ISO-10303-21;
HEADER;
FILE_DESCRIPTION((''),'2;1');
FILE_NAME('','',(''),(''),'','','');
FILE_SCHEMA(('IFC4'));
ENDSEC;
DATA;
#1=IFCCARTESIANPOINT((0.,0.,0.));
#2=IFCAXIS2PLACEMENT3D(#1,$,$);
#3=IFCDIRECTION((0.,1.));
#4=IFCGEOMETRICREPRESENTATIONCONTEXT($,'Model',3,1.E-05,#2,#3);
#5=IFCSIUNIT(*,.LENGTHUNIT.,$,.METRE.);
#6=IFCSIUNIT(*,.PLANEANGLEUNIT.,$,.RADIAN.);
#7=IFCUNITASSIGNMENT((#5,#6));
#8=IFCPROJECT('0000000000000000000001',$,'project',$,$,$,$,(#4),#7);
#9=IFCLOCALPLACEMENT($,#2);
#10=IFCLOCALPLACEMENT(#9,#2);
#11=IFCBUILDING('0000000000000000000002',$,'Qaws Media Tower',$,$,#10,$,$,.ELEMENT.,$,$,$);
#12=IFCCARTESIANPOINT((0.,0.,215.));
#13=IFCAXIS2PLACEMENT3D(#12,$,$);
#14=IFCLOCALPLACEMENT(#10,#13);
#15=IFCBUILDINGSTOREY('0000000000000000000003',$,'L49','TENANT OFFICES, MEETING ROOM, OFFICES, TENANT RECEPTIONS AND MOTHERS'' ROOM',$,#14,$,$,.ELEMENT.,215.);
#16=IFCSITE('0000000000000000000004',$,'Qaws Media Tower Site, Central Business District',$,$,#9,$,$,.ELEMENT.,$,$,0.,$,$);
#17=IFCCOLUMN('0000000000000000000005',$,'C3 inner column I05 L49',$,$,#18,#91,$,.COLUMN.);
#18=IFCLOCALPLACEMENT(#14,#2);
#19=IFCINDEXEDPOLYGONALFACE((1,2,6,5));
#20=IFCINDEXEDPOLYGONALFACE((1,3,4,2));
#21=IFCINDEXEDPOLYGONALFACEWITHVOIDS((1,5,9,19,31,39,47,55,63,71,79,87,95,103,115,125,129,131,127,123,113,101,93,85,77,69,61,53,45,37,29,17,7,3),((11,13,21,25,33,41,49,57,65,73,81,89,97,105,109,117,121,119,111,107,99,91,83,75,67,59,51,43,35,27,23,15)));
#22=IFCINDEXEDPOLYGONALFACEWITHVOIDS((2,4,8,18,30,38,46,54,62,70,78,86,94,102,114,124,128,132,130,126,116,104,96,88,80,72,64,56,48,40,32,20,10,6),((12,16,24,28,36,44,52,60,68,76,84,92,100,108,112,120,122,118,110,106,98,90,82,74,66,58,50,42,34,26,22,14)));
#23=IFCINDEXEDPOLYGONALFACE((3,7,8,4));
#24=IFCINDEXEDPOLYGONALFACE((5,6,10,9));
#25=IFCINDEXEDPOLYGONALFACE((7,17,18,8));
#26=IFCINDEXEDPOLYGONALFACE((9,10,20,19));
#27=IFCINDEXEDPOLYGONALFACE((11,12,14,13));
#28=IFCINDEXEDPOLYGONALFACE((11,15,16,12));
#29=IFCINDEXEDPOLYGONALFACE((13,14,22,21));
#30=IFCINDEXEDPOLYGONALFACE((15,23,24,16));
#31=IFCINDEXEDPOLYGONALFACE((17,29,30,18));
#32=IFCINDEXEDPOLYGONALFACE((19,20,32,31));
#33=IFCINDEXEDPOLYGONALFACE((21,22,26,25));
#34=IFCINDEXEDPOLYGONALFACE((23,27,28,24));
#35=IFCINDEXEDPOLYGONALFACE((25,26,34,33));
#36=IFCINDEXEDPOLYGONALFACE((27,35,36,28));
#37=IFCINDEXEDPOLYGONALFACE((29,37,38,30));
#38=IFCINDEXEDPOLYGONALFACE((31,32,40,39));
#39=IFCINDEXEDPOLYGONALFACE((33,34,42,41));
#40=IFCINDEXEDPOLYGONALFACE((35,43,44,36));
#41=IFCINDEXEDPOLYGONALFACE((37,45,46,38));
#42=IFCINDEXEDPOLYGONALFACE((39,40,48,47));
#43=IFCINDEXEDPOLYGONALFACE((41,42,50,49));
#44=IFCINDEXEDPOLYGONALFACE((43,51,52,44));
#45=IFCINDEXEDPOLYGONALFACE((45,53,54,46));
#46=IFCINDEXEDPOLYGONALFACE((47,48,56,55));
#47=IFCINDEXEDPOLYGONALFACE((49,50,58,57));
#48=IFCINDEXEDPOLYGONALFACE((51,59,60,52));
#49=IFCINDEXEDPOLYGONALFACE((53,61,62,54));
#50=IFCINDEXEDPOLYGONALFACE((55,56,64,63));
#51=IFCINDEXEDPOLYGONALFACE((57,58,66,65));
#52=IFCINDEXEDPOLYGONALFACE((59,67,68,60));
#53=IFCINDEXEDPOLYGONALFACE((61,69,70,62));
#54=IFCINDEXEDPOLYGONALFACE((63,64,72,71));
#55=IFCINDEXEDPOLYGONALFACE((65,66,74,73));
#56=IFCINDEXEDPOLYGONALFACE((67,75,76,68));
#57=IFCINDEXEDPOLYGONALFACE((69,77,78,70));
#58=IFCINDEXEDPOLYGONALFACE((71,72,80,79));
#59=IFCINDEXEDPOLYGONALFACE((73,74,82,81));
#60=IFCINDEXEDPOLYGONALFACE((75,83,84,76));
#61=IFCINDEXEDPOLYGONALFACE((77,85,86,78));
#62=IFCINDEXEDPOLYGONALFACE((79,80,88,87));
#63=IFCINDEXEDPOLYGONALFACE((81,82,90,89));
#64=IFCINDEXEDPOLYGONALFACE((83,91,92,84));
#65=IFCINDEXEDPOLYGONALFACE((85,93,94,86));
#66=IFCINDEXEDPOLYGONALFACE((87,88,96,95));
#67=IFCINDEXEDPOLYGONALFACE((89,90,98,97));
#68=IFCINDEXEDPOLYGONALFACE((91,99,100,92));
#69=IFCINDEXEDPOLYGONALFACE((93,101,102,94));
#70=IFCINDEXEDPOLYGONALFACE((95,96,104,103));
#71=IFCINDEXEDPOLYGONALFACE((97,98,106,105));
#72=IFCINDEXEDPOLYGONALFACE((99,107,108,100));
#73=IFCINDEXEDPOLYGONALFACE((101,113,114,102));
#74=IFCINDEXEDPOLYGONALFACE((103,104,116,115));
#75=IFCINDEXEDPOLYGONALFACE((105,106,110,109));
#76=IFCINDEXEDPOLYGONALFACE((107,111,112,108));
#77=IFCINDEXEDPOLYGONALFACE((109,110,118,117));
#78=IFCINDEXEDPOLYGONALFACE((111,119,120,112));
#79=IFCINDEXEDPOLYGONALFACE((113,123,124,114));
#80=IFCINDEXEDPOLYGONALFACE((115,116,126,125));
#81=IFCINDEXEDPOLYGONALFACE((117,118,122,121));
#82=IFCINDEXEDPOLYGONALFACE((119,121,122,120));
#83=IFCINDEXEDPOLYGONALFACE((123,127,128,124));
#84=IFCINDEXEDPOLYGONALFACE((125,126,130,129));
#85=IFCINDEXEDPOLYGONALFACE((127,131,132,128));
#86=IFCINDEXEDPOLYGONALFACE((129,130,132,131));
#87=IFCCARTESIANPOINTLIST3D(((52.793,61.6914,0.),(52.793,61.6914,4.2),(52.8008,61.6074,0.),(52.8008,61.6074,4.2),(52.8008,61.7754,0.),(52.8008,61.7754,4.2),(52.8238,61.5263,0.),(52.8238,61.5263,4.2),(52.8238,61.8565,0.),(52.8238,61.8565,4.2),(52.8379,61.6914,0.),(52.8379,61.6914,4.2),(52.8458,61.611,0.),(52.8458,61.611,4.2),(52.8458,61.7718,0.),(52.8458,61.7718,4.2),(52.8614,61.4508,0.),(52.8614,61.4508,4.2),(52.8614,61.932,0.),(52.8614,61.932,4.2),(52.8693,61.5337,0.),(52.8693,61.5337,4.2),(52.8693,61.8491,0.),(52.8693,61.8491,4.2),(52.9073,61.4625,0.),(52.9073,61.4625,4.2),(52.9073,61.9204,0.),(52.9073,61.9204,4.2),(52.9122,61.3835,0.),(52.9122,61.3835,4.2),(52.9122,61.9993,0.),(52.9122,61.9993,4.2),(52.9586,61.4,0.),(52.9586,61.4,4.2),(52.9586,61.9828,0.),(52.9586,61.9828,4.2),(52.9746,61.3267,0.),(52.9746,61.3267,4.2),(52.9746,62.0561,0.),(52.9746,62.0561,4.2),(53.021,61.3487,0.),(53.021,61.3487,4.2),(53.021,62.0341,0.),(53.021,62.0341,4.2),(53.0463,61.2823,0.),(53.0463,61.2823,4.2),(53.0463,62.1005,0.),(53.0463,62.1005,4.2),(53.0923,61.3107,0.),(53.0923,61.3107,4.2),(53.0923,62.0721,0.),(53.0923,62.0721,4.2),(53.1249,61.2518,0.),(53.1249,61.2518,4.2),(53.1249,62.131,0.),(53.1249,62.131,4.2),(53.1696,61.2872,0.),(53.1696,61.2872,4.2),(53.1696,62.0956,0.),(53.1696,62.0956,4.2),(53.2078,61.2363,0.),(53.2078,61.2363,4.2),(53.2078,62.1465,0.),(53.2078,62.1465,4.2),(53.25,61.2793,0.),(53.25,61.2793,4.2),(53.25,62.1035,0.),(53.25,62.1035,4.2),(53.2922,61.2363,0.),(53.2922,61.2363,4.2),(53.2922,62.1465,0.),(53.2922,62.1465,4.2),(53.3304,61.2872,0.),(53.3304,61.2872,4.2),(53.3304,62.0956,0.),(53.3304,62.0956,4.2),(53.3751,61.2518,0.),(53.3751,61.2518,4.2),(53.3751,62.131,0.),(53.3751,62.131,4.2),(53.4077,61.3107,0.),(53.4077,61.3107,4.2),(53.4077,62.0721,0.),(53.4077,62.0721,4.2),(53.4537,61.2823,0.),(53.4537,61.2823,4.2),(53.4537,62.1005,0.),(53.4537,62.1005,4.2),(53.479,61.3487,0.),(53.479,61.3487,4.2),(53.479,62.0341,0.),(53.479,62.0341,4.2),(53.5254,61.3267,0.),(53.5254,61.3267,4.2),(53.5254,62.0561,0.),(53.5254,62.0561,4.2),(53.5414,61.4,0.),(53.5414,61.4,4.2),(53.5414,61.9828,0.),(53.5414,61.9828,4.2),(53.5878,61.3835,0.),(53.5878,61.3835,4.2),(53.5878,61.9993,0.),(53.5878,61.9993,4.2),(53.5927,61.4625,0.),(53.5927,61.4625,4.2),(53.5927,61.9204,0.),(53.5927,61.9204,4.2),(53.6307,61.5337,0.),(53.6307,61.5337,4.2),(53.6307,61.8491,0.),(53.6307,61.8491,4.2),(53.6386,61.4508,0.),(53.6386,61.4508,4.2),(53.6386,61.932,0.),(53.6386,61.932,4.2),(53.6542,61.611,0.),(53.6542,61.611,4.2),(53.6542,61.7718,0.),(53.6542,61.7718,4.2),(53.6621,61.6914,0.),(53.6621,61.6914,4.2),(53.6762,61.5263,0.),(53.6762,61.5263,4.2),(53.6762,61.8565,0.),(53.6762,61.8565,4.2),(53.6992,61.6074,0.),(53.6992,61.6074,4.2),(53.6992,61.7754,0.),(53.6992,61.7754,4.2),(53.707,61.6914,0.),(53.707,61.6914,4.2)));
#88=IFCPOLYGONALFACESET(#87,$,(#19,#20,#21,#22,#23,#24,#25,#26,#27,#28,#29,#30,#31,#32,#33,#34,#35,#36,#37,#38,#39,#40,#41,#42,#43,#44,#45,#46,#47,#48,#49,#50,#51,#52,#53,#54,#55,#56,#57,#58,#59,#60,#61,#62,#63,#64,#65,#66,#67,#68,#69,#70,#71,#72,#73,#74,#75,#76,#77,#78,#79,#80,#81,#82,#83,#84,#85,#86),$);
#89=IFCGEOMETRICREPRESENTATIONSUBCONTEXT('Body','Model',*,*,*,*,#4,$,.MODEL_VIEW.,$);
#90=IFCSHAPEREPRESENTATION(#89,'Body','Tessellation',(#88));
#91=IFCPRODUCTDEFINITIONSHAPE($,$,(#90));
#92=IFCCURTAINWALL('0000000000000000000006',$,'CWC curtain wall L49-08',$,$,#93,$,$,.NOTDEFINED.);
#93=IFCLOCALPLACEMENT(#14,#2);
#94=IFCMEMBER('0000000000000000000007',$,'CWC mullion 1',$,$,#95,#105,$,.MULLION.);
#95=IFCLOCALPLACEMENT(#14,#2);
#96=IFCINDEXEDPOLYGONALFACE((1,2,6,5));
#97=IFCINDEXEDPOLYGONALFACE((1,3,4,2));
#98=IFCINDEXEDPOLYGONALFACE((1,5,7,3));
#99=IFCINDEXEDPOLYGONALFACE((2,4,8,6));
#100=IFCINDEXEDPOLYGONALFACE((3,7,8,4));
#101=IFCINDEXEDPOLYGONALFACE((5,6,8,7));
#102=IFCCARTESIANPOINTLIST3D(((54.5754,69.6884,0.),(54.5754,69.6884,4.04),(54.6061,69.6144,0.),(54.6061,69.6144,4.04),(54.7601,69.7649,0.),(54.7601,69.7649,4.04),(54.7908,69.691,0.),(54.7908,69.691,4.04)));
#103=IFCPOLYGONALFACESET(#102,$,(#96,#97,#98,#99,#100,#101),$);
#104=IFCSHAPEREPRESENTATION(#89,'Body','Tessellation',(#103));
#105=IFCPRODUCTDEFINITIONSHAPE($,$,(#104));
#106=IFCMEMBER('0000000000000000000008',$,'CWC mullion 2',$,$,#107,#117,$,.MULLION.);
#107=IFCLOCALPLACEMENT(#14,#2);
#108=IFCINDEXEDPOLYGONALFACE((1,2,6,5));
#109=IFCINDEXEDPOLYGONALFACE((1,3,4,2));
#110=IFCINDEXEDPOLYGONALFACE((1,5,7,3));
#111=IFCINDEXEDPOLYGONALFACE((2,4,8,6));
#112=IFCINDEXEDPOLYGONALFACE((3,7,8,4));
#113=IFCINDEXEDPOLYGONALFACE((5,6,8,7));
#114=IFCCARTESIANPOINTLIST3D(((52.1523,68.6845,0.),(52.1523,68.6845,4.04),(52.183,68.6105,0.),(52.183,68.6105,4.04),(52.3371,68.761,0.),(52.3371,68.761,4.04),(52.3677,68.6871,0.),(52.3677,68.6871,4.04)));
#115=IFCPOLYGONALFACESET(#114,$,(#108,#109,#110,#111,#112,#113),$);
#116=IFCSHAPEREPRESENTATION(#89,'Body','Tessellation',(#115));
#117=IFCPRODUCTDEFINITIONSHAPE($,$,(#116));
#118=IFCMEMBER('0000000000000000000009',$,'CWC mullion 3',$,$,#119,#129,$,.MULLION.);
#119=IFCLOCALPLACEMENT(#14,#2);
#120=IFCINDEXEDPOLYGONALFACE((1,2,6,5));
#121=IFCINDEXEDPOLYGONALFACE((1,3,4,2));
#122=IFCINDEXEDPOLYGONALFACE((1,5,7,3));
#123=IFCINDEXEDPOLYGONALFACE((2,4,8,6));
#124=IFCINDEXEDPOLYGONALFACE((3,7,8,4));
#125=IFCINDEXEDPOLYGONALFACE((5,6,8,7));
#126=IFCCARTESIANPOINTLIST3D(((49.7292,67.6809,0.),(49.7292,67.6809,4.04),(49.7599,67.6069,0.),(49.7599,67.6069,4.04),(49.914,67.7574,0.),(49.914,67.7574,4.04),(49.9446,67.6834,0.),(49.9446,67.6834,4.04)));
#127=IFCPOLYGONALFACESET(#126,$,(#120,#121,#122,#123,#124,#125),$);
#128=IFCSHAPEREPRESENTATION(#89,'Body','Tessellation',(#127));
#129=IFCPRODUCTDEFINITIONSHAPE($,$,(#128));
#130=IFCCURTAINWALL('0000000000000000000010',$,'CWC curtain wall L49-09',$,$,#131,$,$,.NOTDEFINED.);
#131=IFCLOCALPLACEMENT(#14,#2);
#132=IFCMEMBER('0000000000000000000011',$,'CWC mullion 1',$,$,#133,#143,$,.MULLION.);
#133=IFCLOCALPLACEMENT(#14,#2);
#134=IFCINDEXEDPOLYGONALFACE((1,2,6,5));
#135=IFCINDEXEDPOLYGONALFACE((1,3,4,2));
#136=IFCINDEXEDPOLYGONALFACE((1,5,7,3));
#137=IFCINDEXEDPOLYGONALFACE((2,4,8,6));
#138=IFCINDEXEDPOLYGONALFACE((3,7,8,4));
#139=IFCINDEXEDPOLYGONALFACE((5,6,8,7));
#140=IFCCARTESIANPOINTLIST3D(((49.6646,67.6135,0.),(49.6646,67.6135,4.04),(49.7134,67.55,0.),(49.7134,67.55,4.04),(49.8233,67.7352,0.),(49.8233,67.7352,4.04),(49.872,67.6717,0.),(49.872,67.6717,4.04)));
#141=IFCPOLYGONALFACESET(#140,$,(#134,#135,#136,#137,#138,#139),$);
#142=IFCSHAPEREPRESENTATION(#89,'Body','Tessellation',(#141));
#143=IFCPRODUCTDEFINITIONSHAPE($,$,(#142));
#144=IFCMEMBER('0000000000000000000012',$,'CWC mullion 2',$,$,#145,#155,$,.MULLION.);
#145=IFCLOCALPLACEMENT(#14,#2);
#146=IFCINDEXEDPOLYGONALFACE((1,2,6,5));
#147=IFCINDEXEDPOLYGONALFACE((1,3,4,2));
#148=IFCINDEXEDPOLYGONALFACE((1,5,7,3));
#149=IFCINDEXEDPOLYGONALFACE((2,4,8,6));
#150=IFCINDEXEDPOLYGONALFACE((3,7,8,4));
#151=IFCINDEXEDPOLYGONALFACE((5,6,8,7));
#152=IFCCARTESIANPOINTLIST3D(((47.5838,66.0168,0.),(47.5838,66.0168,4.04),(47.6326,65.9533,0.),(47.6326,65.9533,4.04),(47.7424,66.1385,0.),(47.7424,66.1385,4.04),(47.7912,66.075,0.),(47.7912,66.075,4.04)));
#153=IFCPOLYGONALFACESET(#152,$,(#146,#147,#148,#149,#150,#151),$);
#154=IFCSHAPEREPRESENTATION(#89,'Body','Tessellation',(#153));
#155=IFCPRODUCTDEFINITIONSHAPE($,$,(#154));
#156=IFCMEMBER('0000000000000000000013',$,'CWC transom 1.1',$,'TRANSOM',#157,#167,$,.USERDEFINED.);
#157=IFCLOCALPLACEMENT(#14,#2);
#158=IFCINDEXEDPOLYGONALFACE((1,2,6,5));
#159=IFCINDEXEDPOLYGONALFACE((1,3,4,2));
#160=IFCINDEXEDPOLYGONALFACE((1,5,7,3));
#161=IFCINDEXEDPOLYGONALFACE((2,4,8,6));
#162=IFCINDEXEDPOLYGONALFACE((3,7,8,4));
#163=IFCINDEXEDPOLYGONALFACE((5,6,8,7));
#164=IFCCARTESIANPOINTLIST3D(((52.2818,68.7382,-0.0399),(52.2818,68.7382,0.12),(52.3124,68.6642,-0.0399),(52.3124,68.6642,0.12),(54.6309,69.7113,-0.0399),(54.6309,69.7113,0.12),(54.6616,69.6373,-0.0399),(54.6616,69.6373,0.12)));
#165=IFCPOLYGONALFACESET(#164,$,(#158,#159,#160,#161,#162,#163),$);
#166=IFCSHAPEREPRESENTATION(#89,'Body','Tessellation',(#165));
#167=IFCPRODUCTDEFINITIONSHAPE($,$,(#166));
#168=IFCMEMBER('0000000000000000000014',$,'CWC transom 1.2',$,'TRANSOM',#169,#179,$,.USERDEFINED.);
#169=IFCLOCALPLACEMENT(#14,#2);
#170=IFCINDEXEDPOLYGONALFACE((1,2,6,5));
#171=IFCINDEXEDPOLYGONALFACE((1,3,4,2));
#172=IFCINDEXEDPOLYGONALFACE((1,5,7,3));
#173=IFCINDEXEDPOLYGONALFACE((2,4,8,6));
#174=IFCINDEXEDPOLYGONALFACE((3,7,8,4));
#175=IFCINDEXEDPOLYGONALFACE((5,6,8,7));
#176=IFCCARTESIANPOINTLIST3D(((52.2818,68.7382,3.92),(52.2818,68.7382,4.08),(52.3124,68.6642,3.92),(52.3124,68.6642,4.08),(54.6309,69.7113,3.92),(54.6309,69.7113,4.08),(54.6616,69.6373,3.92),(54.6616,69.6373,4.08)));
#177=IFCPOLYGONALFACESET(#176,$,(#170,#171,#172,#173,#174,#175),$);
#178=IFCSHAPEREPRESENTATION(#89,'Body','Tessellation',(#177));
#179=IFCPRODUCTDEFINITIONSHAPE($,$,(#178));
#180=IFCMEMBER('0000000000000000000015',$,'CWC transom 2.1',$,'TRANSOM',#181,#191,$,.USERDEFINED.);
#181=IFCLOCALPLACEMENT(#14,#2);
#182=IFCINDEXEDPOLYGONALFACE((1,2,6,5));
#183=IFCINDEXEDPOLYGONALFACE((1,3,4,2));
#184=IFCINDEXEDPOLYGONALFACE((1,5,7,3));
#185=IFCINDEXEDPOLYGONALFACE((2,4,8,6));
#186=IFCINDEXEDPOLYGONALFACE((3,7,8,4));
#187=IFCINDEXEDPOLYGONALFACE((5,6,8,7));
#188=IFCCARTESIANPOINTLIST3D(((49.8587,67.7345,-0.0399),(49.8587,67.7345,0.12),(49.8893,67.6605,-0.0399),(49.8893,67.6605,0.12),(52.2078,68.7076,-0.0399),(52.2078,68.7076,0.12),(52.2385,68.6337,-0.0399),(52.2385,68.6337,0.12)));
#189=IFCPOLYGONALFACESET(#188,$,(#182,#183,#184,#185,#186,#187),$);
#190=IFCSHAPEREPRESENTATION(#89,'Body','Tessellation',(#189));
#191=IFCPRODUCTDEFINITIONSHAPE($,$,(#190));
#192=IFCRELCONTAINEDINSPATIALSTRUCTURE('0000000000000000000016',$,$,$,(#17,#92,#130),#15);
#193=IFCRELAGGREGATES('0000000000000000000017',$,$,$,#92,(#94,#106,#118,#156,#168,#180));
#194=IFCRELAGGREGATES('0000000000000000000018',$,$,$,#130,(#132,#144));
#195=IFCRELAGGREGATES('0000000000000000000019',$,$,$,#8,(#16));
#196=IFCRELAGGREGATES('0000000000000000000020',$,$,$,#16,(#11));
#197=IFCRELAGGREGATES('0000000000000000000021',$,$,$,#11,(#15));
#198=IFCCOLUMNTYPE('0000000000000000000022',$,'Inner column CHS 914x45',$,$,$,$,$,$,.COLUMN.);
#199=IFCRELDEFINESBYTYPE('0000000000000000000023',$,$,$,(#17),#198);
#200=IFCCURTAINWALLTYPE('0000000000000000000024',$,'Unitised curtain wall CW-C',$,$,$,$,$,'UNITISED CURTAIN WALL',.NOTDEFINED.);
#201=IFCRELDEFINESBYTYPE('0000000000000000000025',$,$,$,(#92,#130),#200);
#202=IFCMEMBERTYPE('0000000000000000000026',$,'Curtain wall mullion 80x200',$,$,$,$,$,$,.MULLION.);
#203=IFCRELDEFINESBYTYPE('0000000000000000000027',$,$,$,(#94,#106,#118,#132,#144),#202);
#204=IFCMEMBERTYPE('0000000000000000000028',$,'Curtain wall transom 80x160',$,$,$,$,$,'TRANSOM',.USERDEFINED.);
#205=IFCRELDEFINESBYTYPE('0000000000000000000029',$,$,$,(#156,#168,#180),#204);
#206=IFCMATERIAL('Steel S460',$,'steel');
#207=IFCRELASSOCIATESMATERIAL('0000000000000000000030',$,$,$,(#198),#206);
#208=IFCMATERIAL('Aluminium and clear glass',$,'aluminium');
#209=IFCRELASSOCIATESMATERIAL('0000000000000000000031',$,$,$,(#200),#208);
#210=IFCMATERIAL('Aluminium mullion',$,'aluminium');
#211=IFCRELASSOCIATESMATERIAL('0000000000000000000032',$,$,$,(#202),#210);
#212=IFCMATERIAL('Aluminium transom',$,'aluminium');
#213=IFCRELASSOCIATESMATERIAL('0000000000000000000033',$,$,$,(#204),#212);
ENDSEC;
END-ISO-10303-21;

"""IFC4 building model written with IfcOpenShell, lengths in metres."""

from ifc_helpers import new_model, si_unit, direction, frame, origin, origin_2d, place, context, subcontext, project, spatial, rectangle, hollow_circle, extrude, material, material_profile, profile_set, type_object, element, aggregate, save


model = new_model("IFC4")

# Units and contexts
model_context = context("Model", 3, precision=1e-05, world=origin(), true_north=direction((0.0, 1.0)))
body_context = subcontext(model_context, "Body", "Model", "MODEL_VIEW")
ifc_project = project(units=[si_unit("LENGTHUNIT", "METRE"), si_unit("PLANEANGLEUNIT", "RADIAN")], contexts=[model_context])

# Site, building, storey
site_placement = place(None, origin())
site = spatial("IfcSite", under=ifc_project, at=site_placement, Name="Qaws Media Tower Site, Central Business District", CompositionType="ELEMENT", RefElevation=0.0)
building_placement = place(site_placement, origin())
building = spatial("IfcBuilding", under=site, at=building_placement, Name="Qaws Media Tower", CompositionType="ELEMENT")
storey_placement = place(building_placement, frame((0.0, 0.0, 215.0)))
storey = spatial("IfcBuildingStorey", under=building, at=storey_placement, Name="L49", Description="TENANT OFFICES, MEETING ROOM, OFFICES, TENANT RECEPTIONS AND MOTHERS' ROOM", CompositionType="ELEMENT", Elevation=215.0)

# Column
ifc_material_1 = material(Name="Steel S460", Category="steel")
ifc_material_profile_1 = material_profile(ifc_material_1, hollow_circle(Radius=0.457, WallThickness=0.0449, at=origin_2d()), Name="CHS 914x45")
ifc_profile_set_1 = profile_set([ifc_material_profile_1], Name="Steel S460")
column_type = type_object("IfcColumnType", Name="Inner column CHS 914x45", PredefinedType="COLUMN", material=ifc_profile_set_1)
column_placement = place(storey_placement, frame((53.25, 61.6914, 0.0), z_axis=(0.0, 0.0, 1.0), x_axis=(1.0, 0.0, 0.0)))
element("IfcColumn", 1, at=column_placement, inside=storey, type_object=column_type, Name="C3 inner column I05 L49", PredefinedType="COLUMN", context=body_context, shape_type="SweptSolid", body=[
    extrude(hollow_circle(Radius=0.457, WallThickness=0.0449, at=origin_2d()), origin(), (0.0, 0.0, 1.0), 4.2),
])

# Curtain walls, members
ifc_material_2 = material(Name="Aluminium and clear glass", Category="aluminium")
curtain_wall_type = type_object("IfcCurtainWallType", Name="Unitised curtain wall CW-C", ElementType="UNITISED CURTAIN WALL", PredefinedType="NOTDEFINED", material=ifc_material_2)
curtain_wall_1_placement = place(storey_placement, origin())
curtain_wall_1 = element("IfcCurtainWall", 2, at=curtain_wall_1_placement, inside=storey, type_object=curtain_wall_type, Name="CWC curtain wall L49-08", PredefinedType="NOTDEFINED")
ifc_material_3 = material(Name="Aluminium mullion", Category="aluminium")
ifc_material_profile_2 = material_profile(ifc_material_3, rectangle(XDim=0.0801, YDim=0.2, at=origin_2d()), Name="80x200")
ifc_profile_set_2 = profile_set([ifc_material_profile_2], Name="Aluminium mullion")
member_type_1 = type_object("IfcMemberType", Name="Curtain wall mullion 80x200", PredefinedType="MULLION", material=ifc_profile_set_2)
member_1_placement = place(storey_placement, frame((54.6831, 69.6897, 0.0), z_axis=(0.0, 0.0, 1.0), x_axis=(0.382684, -0.923879, 0.0)))
member_1 = element("IfcMember", 3, at=member_1_placement, type_object=member_type_1, Name="CWC mullion 1", PredefinedType="MULLION", context=body_context, shape_type="SweptSolid", body=[
    extrude(rectangle(XDim=0.0801, YDim=0.2, at=origin_2d()), origin(), (0.0, 0.0, 1.0), 4.04),
])
member_2_placement = place(storey_placement, frame((52.26, 68.6858, 0.0), z_axis=(0.0, 0.0, 1.0), x_axis=(0.382684, -0.923879, 0.0)))
member_2 = element("IfcMember", 4, at=member_2_placement, type_object=member_type_1, Name="CWC mullion 2", PredefinedType="MULLION", context=body_context, shape_type="SweptSolid", body=[
    extrude(rectangle(XDim=0.0801, YDim=0.2, at=origin_2d()), origin(), (0.0, 0.0, 1.0), 4.04),
])
member_3_placement = place(storey_placement, frame((49.8369, 67.6821, 0.0), z_axis=(0.0, 0.0, 1.0), x_axis=(0.382684, -0.923879, 0.0)))
member_3 = element("IfcMember", 5, at=member_3_placement, type_object=member_type_1, Name="CWC mullion 3", PredefinedType="MULLION", context=body_context, shape_type="SweptSolid", body=[
    extrude(rectangle(XDim=0.0801, YDim=0.2, at=origin_2d()), origin(), (0.0, 0.0, 1.0), 4.04),
])
curtain_wall_2_placement = place(storey_placement, origin())
curtain_wall_2 = element("IfcCurtainWall", 6, at=curtain_wall_2_placement, inside=storey, type_object=curtain_wall_type, Name="CWC curtain wall L49-09", PredefinedType="NOTDEFINED")
member_4_placement = place(storey_placement, frame((49.7683, 67.6426, 0.0), z_axis=(0.0, 0.0, 1.0), x_axis=(0.608761, -0.793353, 0.0)))
member_4 = element("IfcMember", 7, at=member_4_placement, type_object=member_type_1, Name="CWC mullion 1", PredefinedType="MULLION", context=body_context, shape_type="SweptSolid", body=[
    extrude(rectangle(XDim=0.0801, YDim=0.2, at=origin_2d()), origin(), (0.0, 0.0, 1.0), 4.04),
])
member_5_placement = place(storey_placement, frame((47.6875, 66.0459, 0.0), z_axis=(0.0, 0.0, 1.0), x_axis=(0.608761, -0.793353, 0.0)))
member_5 = element("IfcMember", 8, at=member_5_placement, type_object=member_type_1, Name="CWC mullion 2", PredefinedType="MULLION", context=body_context, shape_type="SweptSolid", body=[
    extrude(rectangle(XDim=0.0801, YDim=0.2, at=origin_2d()), origin(), (0.0, 0.0, 1.0), 4.04),
])

# Members
ifc_material_4 = material(Name="Aluminium transom", Category="aluminium")
ifc_material_profile_3 = material_profile(ifc_material_4, rectangle(XDim=0.0801, YDim=0.1599, at=origin_2d()), Name="80x160")
ifc_profile_set_3 = profile_set([ifc_material_profile_3], Name="Aluminium transom")
member_type_2 = type_object("IfcMemberType", Name="Curtain wall transom 80x160", ElementType="TRANSOM", PredefinedType="USERDEFINED", material=ifc_profile_set_3)
member_6_placement = place(storey_placement, frame((54.6462, 69.6743, 0.04), z_axis=(-0.923865, -0.382719, 0.0), x_axis=(0.382719, -0.923865, 0.0)))
member_6 = element("IfcMember", 9, at=member_6_placement, type_object=member_type_2, Name="CWC transom 1.1", ObjectType="TRANSOM", PredefinedType="USERDEFINED", context=body_context, shape_type="SweptSolid", body=[
    extrude(rectangle(XDim=0.0801, YDim=0.1599, at=origin_2d()), origin(), (0.0, 0.0, 1.0), 2.5427),
])
member_7_placement = place(storey_placement, frame((54.6462, 69.6743, 4.0), z_axis=(-0.923865, -0.382719, 0.0), x_axis=(0.382719, -0.923865, 0.0)))
member_7 = element("IfcMember", 10, at=member_7_placement, type_object=member_type_2, Name="CWC transom 1.2", ObjectType="TRANSOM", PredefinedType="USERDEFINED", context=body_context, shape_type="SweptSolid", body=[
    extrude(rectangle(XDim=0.0801, YDim=0.1599, at=origin_2d()), origin(), (0.0, 0.0, 1.0), 2.5427),
])
member_8_placement = place(storey_placement, frame((52.2231, 68.6707, 0.04), z_axis=(-0.923865, -0.382719, 0.0), x_axis=(0.382719, -0.923865, 0.0)))
member_8 = element("IfcMember", 11, at=member_8_placement, type_object=member_type_2, Name="CWC transom 2.1", ObjectType="TRANSOM", PredefinedType="USERDEFINED", context=body_context, shape_type="SweptSolid", body=[
    extrude(rectangle(XDim=0.0801, YDim=0.1599, at=origin_2d()), origin(), (0.0, 0.0, 1.0), 2.5427),
])

aggregate(curtain_wall_1, [member_1, member_2, member_3, member_6, member_7, member_8])
aggregate(curtain_wall_2, [member_4, member_5])

save(model, "model.ifc")
